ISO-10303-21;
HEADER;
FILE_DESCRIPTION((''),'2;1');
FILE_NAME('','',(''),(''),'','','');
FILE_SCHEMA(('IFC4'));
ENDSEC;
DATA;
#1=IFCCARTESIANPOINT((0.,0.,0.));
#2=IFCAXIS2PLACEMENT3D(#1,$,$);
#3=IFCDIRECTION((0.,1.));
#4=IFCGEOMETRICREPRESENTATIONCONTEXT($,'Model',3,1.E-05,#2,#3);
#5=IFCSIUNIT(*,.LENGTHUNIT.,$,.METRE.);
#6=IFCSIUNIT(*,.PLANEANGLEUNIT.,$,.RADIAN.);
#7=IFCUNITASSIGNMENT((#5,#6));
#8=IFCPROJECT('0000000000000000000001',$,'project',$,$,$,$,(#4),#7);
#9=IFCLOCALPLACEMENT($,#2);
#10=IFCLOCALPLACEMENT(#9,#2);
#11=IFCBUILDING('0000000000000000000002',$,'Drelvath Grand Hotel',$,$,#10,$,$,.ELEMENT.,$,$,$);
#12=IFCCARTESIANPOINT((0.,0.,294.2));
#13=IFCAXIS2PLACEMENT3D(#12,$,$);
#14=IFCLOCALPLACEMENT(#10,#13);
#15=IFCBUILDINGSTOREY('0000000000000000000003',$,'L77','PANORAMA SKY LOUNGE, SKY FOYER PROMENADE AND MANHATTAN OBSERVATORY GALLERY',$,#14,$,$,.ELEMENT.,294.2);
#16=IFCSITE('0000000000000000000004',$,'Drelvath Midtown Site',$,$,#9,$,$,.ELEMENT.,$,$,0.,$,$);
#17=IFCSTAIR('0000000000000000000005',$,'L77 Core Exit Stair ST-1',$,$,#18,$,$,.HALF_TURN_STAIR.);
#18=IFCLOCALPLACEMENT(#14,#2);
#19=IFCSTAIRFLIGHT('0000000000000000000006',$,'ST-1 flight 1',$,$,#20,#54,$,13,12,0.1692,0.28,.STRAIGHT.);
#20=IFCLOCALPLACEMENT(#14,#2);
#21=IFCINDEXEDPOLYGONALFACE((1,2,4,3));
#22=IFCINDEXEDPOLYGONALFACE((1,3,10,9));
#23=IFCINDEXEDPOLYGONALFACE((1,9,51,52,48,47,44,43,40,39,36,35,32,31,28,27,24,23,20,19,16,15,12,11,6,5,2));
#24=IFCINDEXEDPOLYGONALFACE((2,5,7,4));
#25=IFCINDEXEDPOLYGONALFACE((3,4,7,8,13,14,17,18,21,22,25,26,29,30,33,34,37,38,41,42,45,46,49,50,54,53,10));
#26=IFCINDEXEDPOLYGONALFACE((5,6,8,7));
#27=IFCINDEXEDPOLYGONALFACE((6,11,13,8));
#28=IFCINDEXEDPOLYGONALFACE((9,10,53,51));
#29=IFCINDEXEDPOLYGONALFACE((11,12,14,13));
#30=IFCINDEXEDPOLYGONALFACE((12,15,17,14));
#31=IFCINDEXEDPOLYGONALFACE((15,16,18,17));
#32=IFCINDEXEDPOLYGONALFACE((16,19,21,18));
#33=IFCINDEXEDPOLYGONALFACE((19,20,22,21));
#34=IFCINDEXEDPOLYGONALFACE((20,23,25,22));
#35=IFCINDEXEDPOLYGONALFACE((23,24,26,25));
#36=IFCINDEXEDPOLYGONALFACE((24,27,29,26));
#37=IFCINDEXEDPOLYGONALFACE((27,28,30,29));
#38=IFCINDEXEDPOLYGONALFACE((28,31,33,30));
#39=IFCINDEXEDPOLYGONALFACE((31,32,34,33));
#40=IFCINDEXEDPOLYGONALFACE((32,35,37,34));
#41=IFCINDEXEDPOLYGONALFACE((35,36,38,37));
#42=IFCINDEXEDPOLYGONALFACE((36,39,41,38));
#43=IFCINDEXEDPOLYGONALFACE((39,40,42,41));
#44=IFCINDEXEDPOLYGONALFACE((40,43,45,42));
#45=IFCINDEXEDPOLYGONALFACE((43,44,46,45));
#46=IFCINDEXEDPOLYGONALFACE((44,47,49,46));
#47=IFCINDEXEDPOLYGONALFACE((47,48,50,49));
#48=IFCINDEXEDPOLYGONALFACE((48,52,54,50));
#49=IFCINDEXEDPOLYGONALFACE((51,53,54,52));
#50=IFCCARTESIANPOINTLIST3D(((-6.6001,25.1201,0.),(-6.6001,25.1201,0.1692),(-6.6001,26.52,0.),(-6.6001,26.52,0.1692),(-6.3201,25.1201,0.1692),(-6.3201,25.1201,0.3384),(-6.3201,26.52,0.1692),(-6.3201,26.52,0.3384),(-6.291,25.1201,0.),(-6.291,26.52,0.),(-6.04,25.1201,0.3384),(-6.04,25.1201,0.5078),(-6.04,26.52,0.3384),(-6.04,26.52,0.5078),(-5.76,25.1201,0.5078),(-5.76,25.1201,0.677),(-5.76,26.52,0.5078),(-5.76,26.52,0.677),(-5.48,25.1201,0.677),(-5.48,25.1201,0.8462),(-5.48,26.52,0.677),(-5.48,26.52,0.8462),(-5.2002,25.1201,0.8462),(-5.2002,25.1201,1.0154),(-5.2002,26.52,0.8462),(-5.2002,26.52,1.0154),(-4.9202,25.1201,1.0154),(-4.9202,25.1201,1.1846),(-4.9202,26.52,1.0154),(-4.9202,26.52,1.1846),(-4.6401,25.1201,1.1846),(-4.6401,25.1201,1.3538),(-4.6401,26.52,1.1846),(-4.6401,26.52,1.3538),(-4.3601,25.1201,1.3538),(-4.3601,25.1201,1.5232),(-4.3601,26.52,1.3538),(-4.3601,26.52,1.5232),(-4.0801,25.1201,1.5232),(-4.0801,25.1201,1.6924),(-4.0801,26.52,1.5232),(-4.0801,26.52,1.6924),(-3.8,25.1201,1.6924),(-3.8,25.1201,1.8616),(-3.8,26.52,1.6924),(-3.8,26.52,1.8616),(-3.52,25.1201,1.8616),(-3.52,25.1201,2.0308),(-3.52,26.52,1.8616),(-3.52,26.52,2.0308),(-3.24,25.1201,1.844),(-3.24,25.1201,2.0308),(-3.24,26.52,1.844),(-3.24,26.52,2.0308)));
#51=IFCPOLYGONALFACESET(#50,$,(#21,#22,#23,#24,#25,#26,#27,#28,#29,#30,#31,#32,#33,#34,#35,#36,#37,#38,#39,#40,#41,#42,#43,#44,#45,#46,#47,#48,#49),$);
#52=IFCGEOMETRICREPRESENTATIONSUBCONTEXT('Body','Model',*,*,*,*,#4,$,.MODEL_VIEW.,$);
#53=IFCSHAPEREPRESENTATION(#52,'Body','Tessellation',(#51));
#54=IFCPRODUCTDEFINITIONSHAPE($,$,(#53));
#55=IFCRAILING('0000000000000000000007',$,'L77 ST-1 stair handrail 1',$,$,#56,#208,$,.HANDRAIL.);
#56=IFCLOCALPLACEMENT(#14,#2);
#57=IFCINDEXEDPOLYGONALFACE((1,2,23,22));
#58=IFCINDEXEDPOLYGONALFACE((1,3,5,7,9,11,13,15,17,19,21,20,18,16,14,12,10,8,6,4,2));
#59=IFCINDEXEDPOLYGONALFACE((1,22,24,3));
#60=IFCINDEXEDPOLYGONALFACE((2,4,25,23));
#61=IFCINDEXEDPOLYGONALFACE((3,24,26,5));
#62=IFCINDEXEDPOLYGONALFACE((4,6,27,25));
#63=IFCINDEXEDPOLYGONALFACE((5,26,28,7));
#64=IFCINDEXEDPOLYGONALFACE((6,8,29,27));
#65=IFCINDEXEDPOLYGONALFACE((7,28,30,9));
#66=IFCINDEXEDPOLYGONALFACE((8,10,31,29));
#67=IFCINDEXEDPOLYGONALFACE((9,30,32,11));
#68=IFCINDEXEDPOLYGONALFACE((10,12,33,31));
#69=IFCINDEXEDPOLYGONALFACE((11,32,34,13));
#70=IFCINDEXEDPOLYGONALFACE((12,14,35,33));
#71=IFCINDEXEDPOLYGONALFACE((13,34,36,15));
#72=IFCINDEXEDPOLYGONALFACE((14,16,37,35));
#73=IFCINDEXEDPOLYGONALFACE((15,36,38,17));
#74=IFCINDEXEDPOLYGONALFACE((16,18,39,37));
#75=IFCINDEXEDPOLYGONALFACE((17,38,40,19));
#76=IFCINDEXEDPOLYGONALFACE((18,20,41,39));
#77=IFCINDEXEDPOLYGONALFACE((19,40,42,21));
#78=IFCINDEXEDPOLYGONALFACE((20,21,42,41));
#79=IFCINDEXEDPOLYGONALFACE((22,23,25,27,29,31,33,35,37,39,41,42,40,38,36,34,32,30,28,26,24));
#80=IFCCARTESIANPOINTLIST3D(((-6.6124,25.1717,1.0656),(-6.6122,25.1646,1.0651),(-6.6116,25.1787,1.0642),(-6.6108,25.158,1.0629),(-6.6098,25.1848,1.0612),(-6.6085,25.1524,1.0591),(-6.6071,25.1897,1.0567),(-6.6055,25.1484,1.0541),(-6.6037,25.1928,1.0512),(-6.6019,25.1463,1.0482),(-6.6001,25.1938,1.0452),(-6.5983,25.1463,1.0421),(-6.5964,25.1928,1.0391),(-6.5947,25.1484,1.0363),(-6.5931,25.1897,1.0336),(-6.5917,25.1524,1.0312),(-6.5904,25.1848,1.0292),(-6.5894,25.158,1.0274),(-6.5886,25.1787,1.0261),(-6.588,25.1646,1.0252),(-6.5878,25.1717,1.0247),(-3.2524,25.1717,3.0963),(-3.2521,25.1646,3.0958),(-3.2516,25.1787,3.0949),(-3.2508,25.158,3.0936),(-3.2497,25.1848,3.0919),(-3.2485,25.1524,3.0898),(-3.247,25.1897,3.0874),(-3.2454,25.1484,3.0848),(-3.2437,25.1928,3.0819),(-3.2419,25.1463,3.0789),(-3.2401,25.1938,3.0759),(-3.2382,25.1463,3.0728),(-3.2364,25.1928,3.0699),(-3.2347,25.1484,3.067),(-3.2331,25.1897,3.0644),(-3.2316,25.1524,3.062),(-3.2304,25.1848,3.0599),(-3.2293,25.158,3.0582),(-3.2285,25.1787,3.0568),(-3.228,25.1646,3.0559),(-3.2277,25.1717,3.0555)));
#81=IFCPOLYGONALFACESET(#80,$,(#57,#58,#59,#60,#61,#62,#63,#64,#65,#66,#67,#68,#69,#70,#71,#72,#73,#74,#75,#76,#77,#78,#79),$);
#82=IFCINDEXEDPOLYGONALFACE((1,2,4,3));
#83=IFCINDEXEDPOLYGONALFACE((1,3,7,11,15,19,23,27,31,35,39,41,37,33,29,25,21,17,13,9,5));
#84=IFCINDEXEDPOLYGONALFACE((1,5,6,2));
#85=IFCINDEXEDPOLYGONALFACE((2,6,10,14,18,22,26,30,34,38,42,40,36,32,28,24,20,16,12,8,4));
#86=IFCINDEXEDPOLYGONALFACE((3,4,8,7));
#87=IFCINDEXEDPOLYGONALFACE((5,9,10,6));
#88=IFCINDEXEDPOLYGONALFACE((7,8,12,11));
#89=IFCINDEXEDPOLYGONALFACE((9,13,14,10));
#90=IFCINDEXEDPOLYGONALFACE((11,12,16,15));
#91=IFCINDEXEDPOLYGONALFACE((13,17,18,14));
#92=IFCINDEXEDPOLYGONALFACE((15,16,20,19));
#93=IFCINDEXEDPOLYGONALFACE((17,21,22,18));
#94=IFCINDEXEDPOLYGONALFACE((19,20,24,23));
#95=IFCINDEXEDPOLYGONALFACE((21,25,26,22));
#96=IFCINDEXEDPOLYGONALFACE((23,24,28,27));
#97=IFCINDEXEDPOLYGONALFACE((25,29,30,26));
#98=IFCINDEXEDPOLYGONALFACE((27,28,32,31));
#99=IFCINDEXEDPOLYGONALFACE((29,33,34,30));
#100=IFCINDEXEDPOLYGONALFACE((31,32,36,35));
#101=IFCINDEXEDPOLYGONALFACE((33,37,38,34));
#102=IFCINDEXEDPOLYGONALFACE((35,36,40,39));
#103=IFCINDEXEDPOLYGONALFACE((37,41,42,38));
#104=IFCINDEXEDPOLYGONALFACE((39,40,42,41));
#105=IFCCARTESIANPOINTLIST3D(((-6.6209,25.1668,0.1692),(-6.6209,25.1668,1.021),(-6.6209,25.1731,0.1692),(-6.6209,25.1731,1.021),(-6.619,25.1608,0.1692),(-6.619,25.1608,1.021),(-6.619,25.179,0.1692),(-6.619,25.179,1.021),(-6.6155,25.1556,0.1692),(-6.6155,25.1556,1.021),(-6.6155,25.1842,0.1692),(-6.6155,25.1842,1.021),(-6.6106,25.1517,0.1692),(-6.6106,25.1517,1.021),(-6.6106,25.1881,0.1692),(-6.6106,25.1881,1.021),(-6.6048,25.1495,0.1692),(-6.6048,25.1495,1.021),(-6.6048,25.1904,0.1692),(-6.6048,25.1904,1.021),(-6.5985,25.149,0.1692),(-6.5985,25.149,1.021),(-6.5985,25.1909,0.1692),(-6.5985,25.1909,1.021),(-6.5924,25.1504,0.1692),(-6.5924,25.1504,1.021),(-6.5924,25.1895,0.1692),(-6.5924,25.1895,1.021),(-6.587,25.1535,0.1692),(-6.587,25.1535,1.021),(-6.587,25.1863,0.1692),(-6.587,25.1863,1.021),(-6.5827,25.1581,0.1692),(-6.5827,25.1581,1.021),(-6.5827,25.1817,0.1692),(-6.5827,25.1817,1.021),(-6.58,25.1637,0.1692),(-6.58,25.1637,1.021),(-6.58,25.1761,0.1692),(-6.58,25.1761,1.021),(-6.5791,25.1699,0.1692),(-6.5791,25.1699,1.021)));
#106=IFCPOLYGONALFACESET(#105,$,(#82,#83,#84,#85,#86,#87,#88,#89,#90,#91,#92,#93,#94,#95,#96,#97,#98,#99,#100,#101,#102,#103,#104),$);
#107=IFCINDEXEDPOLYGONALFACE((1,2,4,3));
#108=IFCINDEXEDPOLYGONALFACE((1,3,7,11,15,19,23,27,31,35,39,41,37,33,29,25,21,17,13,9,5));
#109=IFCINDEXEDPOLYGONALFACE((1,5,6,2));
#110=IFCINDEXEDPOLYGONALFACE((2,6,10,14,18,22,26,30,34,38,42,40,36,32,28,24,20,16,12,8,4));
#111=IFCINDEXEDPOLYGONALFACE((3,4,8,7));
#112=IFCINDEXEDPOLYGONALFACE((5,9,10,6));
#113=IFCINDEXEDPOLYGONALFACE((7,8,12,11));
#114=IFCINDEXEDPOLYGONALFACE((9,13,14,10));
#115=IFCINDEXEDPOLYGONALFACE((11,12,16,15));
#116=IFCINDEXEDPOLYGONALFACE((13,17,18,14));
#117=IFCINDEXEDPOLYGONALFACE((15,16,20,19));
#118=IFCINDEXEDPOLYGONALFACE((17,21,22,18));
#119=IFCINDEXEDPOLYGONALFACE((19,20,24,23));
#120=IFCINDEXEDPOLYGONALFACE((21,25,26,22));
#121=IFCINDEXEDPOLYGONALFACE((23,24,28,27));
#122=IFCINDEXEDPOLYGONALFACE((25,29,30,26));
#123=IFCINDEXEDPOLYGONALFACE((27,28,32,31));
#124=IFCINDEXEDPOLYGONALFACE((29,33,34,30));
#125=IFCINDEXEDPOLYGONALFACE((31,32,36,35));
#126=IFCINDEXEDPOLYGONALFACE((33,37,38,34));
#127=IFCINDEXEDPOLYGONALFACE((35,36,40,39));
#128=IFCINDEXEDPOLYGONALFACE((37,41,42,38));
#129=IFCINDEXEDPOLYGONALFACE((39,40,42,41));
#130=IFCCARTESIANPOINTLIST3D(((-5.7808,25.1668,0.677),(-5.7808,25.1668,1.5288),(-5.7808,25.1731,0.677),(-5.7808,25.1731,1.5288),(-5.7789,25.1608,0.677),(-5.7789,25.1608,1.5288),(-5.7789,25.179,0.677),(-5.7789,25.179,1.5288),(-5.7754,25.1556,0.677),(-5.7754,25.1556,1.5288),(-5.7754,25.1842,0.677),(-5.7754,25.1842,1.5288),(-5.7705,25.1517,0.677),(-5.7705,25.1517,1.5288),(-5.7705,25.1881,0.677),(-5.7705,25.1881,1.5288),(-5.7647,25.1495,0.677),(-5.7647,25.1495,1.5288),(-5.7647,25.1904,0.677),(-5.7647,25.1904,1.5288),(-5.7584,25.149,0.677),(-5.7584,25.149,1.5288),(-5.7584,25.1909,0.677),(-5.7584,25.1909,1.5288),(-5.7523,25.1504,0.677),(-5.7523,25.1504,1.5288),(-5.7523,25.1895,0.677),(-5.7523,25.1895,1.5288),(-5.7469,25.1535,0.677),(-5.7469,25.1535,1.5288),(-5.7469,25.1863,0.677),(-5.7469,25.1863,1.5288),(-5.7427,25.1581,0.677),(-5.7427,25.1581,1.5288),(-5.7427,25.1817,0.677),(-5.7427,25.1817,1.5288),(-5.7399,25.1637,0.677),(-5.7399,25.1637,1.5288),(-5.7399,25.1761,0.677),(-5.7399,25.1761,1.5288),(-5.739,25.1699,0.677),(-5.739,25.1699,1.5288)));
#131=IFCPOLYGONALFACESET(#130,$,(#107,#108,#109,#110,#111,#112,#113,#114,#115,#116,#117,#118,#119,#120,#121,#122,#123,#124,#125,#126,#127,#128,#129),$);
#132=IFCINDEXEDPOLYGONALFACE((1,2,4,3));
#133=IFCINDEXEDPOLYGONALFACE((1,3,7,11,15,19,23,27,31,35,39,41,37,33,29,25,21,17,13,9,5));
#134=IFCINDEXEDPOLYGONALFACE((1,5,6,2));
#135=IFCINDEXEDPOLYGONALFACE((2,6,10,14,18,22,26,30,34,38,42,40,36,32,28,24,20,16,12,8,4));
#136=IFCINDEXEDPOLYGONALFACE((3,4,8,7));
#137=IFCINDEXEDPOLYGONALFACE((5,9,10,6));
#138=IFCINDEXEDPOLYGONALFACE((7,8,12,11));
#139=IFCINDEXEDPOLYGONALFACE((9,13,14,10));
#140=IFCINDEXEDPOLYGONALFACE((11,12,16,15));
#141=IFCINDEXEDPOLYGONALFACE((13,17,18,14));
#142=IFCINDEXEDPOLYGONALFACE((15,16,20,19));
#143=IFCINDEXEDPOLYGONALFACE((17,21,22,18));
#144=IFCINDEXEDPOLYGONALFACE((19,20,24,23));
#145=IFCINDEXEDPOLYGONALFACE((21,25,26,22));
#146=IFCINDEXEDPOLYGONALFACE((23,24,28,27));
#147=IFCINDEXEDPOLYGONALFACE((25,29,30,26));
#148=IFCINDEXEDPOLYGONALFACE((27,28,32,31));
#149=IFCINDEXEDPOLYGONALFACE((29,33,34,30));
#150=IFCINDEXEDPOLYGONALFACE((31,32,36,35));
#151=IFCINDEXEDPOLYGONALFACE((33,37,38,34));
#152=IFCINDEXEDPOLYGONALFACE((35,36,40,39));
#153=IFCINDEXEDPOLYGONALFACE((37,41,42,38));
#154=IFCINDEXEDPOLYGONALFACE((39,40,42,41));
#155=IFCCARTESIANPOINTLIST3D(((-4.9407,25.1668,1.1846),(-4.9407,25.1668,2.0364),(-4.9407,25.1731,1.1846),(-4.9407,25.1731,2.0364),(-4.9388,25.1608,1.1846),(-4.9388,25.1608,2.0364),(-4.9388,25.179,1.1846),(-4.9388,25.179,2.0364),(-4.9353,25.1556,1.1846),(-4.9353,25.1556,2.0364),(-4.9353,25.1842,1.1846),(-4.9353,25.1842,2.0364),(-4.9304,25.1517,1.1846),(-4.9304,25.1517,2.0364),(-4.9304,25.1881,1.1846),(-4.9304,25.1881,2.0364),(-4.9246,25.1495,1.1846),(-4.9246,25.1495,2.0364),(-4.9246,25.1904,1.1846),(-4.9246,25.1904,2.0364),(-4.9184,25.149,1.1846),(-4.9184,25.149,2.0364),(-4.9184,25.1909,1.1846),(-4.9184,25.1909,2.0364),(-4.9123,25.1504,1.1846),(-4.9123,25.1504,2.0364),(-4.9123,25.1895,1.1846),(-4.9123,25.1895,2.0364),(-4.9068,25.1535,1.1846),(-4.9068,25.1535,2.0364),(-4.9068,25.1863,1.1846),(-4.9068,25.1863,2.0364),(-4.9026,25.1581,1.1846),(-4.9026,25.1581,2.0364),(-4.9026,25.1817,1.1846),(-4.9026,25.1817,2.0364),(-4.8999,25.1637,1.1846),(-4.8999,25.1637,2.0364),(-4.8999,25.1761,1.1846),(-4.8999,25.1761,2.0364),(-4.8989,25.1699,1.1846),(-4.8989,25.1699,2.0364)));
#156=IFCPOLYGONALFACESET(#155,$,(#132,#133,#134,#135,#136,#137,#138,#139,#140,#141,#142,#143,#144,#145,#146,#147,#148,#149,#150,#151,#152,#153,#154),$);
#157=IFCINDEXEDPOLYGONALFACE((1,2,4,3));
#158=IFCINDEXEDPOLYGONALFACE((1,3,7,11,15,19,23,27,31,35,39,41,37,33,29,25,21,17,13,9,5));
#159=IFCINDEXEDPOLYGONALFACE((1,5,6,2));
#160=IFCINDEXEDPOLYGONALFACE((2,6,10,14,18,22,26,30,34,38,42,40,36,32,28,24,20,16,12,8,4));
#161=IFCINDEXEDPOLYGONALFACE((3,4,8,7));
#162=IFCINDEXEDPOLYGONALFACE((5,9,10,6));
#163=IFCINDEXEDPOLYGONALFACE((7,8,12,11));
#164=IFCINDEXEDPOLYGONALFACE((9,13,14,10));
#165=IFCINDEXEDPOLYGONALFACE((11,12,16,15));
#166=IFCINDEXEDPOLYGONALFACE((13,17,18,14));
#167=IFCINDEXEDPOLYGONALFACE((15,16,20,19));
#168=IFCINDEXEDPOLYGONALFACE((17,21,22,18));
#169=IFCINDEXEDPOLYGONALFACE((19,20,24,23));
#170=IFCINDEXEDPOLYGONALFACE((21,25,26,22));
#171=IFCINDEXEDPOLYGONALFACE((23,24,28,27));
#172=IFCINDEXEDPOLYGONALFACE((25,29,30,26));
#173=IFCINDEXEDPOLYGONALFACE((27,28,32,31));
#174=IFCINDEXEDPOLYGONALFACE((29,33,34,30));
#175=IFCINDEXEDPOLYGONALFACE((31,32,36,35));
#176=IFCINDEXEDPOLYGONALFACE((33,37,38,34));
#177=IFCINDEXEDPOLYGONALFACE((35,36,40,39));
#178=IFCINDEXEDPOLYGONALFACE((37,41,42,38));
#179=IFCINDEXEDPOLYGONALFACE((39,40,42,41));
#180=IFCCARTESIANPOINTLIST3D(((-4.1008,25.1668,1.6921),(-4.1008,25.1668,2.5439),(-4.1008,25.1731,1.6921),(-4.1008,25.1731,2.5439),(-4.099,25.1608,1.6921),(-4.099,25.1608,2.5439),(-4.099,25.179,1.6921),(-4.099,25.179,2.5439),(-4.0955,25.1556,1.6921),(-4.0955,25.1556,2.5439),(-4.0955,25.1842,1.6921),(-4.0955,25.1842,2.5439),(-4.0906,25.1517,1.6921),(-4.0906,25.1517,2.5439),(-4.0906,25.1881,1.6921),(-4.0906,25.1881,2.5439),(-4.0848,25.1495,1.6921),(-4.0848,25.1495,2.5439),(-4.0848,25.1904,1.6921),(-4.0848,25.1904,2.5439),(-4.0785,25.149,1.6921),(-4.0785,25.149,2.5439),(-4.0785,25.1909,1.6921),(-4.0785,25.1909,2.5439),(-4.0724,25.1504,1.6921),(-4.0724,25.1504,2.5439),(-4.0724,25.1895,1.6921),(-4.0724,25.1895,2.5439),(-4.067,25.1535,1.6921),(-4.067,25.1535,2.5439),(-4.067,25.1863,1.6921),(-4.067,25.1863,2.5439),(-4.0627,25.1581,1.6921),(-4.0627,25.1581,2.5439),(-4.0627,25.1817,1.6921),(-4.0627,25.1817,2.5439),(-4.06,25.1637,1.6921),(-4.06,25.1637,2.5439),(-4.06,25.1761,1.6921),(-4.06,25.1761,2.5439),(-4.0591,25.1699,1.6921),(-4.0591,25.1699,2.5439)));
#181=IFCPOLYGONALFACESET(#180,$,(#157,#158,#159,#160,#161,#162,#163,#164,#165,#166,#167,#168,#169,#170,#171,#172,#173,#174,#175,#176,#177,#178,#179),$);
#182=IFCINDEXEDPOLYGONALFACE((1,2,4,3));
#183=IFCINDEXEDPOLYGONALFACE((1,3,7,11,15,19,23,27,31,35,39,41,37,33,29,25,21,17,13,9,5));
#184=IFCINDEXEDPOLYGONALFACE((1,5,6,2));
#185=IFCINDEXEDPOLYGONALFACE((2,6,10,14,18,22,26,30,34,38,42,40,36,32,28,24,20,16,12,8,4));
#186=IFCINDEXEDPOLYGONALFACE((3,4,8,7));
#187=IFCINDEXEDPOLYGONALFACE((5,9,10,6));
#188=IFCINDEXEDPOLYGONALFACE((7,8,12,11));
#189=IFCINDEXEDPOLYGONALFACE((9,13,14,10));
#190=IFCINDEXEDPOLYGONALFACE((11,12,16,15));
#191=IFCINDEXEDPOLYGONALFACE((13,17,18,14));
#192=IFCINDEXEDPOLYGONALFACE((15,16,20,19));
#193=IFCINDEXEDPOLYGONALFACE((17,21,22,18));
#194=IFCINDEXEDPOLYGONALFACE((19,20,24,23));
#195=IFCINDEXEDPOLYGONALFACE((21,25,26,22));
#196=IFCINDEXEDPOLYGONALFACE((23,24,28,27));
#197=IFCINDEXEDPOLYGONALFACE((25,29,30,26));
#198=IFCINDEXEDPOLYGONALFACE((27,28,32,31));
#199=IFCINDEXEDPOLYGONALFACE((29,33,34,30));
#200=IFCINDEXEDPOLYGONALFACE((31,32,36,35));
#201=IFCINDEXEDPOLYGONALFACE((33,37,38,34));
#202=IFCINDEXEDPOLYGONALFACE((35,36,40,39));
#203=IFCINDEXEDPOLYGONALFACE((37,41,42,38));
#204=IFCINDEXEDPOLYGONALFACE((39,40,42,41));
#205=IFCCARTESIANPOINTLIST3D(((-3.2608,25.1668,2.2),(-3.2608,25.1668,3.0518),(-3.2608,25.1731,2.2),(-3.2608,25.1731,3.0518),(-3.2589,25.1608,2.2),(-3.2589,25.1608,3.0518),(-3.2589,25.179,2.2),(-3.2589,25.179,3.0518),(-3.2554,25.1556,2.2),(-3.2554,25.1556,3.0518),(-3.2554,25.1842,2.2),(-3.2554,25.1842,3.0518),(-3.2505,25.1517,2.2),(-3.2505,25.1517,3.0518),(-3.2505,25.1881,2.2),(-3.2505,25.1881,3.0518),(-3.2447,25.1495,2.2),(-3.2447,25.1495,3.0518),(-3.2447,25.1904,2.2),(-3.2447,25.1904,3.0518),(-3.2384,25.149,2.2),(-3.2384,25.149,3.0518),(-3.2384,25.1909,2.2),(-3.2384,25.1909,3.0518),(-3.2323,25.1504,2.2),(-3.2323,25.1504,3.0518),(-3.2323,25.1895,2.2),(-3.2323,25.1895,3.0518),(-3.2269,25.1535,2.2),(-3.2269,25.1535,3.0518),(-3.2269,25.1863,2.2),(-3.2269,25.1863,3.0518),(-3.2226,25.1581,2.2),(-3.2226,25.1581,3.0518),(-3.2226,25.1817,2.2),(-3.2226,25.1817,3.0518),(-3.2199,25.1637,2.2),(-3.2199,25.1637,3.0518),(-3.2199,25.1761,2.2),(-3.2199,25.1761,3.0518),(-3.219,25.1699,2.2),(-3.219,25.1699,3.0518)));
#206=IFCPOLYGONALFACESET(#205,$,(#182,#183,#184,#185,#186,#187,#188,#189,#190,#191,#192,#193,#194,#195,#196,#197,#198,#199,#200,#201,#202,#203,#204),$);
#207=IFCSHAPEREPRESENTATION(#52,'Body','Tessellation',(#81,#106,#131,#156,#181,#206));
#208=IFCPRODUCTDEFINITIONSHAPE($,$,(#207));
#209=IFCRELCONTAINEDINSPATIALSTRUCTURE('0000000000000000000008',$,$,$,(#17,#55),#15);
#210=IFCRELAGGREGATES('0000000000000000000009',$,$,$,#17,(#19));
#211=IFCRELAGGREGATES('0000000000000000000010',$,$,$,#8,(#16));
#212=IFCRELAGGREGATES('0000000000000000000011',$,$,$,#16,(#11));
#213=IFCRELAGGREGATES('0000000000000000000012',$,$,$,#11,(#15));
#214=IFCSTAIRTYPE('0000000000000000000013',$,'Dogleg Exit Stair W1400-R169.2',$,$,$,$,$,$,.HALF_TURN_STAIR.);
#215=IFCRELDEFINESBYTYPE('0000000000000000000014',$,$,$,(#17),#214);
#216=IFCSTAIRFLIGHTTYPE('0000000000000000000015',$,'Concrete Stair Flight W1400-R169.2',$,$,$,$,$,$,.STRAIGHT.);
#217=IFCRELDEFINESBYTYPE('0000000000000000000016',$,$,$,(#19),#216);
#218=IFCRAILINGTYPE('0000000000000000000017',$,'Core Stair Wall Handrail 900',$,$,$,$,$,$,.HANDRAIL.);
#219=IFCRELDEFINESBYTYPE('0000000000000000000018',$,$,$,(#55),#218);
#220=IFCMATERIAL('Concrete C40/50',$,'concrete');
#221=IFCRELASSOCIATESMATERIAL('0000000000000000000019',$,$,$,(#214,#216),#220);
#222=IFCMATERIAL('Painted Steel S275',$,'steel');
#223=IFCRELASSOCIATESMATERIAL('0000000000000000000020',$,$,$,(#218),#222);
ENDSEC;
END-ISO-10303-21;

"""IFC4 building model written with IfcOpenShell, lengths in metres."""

from ifc_helpers import new_model, si_unit, direction, frame, origin, origin_2d, place, context, subcontext, project, spatial, polyline, circle, outline, extrude, material, type_object, element, aggregate, save


model = new_model("IFC4")

# Units and contexts
model_context = context("Model", 3, precision=1e-05, world=origin(), true_north=direction((0.0, 1.0)))
body_context = subcontext(model_context, "Body", "Model", "MODEL_VIEW")
ifc_project = project(units=[si_unit("LENGTHUNIT", "METRE"), si_unit("PLANEANGLEUNIT", "RADIAN")], contexts=[model_context])

# Site, building, storey
site_placement = place(None, origin())
site = spatial("IfcSite", under=ifc_project, at=site_placement, Name="Drelvath Midtown Site", CompositionType="ELEMENT", RefElevation=0.0)
building_placement = place(site_placement, origin())
building = spatial("IfcBuilding", under=site, at=building_placement, Name="Drelvath Grand Hotel", CompositionType="ELEMENT")
storey_placement = place(building_placement, frame((0.0, 0.0, 294.2)))
storey = spatial("IfcBuildingStorey", under=building, at=storey_placement, Name="L77", Description="PANORAMA SKY LOUNGE, SKY FOYER PROMENADE AND MANHATTAN OBSERVATORY GALLERY", CompositionType="ELEMENT", Elevation=294.2)

# Shared definitions
ifc_material_1 = material(Name="Concrete C40/50", Category="concrete")
ifc_material_2 = material(Name="Painted Steel S275", Category="steel")

# Stair, stair flight
stair_type = type_object("IfcStairType", Name="Dogleg Exit Stair W1400-R169.2", PredefinedType="HALF_TURN_STAIR", material=ifc_material_1)
stair_placement = place(storey_placement, origin())
stair = element("IfcStair", 1, at=stair_placement, inside=storey, type_object=stair_type, Name="L77 Core Exit Stair ST-1", PredefinedType="HALF_TURN_STAIR")
stair_flight_type = type_object("IfcStairFlightType", Name="Concrete Stair Flight W1400-R169.2", PredefinedType="STRAIGHT", material=ifc_material_1)
stair_flight_placement = place(storey_placement, frame((-6.6001, 25.8201, 0.0), z_axis=(0.0, 0.0, 1.0), x_axis=(1.0, 0.0, 0.0)))
stair_flight = element("IfcStairFlight", 2, at=stair_flight_placement, type_object=stair_flight_type, Name="ST-1 flight 1", NumberOfRisers=13, NumberOfTreads=12, PredefinedType="STRAIGHT", RiserHeight=0.1692, TreadLength=0.28, context=body_context, shape_type="SweptSolid", body=[
    extrude(outline(polyline([(0.0, 0.0), (0.0, 0.1692), (0.28, 0.1692), (0.28, 0.3384), (0.5601, 0.3384), (0.5601, 0.5078), (0.8401, 0.5078), (0.8401, 0.677), (1.1201, 0.677), (1.1201, 0.8462), (1.3999, 0.8462), (1.3999, 1.0154), (1.6799, 1.0154), (1.6799, 1.1846), (1.96, 1.1846), (1.96, 1.3538), (2.24, 1.3538), (2.24, 1.5232), (2.52, 1.5232), (2.52, 1.6924), (2.8, 1.6924), (2.8, 1.8616), (3.0801, 1.8616), (3.0801, 2.0308), (3.3601, 2.0308), (3.3601, 2.2), (3.3601, 1.844), (0.3091, 0.0), (0.0, 0.0)])), frame((0.0, 0.7, 0.0), z_axis=(0.0, -1.0, 0.0), x_axis=(1.0, 0.0, 0.0)), (0.0, 0.0, 1.0), 1.3999),
])
aggregate(stair, [stair_flight])

# Railing
railing_type_1 = type_object("IfcRailingType", Name="Core Stair Wall Handrail 900", PredefinedType="HANDRAIL", material=ifc_material_2)
railing_1_placement = place(storey_placement, frame((-6.6001, 25.1699, 0.1692)))
element("IfcRailing", 3, at=railing_1_placement, inside=storey, type_object=railing_type_1, Name="L77 ST-1 stair handrail 1", PredefinedType="HANDRAIL", context=body_context, shape_type="SweptSolid", body=[
    extrude(circle(Radius=0.0239, at=origin_2d()), frame((0.0, 0.0, 0.876), z_axis=(0.855837, 0.0, 0.517246), x_axis=(0.0, 1.0, 0.0)), (0.0, 0.0, 1.0), 3.926),
    extrude(circle(Radius=0.021, at=origin_2d()), origin(), (0.0, 0.0, 1.0), 0.8518),
    extrude(circle(Radius=0.021, at=origin_2d()), frame((0.8401, 0.0, 0.5078)), (0.0, 0.0, 1.0), 0.8518),
    extrude(circle(Radius=0.021, at=origin_2d()), frame((1.6802, 0.0, 1.0154)), (0.0, 0.0, 1.0), 0.8518),
    extrude(circle(Radius=0.021, at=origin_2d()), frame((2.52, 0.0, 1.5229)), (0.0, 0.0, 1.0), 0.8518),
    extrude(circle(Radius=0.021, at=origin_2d()), frame((3.3601, 0.0, 2.0308)), (0.0, 0.0, 1.0), 0.8518),
])

save(model, "model.ifc")
